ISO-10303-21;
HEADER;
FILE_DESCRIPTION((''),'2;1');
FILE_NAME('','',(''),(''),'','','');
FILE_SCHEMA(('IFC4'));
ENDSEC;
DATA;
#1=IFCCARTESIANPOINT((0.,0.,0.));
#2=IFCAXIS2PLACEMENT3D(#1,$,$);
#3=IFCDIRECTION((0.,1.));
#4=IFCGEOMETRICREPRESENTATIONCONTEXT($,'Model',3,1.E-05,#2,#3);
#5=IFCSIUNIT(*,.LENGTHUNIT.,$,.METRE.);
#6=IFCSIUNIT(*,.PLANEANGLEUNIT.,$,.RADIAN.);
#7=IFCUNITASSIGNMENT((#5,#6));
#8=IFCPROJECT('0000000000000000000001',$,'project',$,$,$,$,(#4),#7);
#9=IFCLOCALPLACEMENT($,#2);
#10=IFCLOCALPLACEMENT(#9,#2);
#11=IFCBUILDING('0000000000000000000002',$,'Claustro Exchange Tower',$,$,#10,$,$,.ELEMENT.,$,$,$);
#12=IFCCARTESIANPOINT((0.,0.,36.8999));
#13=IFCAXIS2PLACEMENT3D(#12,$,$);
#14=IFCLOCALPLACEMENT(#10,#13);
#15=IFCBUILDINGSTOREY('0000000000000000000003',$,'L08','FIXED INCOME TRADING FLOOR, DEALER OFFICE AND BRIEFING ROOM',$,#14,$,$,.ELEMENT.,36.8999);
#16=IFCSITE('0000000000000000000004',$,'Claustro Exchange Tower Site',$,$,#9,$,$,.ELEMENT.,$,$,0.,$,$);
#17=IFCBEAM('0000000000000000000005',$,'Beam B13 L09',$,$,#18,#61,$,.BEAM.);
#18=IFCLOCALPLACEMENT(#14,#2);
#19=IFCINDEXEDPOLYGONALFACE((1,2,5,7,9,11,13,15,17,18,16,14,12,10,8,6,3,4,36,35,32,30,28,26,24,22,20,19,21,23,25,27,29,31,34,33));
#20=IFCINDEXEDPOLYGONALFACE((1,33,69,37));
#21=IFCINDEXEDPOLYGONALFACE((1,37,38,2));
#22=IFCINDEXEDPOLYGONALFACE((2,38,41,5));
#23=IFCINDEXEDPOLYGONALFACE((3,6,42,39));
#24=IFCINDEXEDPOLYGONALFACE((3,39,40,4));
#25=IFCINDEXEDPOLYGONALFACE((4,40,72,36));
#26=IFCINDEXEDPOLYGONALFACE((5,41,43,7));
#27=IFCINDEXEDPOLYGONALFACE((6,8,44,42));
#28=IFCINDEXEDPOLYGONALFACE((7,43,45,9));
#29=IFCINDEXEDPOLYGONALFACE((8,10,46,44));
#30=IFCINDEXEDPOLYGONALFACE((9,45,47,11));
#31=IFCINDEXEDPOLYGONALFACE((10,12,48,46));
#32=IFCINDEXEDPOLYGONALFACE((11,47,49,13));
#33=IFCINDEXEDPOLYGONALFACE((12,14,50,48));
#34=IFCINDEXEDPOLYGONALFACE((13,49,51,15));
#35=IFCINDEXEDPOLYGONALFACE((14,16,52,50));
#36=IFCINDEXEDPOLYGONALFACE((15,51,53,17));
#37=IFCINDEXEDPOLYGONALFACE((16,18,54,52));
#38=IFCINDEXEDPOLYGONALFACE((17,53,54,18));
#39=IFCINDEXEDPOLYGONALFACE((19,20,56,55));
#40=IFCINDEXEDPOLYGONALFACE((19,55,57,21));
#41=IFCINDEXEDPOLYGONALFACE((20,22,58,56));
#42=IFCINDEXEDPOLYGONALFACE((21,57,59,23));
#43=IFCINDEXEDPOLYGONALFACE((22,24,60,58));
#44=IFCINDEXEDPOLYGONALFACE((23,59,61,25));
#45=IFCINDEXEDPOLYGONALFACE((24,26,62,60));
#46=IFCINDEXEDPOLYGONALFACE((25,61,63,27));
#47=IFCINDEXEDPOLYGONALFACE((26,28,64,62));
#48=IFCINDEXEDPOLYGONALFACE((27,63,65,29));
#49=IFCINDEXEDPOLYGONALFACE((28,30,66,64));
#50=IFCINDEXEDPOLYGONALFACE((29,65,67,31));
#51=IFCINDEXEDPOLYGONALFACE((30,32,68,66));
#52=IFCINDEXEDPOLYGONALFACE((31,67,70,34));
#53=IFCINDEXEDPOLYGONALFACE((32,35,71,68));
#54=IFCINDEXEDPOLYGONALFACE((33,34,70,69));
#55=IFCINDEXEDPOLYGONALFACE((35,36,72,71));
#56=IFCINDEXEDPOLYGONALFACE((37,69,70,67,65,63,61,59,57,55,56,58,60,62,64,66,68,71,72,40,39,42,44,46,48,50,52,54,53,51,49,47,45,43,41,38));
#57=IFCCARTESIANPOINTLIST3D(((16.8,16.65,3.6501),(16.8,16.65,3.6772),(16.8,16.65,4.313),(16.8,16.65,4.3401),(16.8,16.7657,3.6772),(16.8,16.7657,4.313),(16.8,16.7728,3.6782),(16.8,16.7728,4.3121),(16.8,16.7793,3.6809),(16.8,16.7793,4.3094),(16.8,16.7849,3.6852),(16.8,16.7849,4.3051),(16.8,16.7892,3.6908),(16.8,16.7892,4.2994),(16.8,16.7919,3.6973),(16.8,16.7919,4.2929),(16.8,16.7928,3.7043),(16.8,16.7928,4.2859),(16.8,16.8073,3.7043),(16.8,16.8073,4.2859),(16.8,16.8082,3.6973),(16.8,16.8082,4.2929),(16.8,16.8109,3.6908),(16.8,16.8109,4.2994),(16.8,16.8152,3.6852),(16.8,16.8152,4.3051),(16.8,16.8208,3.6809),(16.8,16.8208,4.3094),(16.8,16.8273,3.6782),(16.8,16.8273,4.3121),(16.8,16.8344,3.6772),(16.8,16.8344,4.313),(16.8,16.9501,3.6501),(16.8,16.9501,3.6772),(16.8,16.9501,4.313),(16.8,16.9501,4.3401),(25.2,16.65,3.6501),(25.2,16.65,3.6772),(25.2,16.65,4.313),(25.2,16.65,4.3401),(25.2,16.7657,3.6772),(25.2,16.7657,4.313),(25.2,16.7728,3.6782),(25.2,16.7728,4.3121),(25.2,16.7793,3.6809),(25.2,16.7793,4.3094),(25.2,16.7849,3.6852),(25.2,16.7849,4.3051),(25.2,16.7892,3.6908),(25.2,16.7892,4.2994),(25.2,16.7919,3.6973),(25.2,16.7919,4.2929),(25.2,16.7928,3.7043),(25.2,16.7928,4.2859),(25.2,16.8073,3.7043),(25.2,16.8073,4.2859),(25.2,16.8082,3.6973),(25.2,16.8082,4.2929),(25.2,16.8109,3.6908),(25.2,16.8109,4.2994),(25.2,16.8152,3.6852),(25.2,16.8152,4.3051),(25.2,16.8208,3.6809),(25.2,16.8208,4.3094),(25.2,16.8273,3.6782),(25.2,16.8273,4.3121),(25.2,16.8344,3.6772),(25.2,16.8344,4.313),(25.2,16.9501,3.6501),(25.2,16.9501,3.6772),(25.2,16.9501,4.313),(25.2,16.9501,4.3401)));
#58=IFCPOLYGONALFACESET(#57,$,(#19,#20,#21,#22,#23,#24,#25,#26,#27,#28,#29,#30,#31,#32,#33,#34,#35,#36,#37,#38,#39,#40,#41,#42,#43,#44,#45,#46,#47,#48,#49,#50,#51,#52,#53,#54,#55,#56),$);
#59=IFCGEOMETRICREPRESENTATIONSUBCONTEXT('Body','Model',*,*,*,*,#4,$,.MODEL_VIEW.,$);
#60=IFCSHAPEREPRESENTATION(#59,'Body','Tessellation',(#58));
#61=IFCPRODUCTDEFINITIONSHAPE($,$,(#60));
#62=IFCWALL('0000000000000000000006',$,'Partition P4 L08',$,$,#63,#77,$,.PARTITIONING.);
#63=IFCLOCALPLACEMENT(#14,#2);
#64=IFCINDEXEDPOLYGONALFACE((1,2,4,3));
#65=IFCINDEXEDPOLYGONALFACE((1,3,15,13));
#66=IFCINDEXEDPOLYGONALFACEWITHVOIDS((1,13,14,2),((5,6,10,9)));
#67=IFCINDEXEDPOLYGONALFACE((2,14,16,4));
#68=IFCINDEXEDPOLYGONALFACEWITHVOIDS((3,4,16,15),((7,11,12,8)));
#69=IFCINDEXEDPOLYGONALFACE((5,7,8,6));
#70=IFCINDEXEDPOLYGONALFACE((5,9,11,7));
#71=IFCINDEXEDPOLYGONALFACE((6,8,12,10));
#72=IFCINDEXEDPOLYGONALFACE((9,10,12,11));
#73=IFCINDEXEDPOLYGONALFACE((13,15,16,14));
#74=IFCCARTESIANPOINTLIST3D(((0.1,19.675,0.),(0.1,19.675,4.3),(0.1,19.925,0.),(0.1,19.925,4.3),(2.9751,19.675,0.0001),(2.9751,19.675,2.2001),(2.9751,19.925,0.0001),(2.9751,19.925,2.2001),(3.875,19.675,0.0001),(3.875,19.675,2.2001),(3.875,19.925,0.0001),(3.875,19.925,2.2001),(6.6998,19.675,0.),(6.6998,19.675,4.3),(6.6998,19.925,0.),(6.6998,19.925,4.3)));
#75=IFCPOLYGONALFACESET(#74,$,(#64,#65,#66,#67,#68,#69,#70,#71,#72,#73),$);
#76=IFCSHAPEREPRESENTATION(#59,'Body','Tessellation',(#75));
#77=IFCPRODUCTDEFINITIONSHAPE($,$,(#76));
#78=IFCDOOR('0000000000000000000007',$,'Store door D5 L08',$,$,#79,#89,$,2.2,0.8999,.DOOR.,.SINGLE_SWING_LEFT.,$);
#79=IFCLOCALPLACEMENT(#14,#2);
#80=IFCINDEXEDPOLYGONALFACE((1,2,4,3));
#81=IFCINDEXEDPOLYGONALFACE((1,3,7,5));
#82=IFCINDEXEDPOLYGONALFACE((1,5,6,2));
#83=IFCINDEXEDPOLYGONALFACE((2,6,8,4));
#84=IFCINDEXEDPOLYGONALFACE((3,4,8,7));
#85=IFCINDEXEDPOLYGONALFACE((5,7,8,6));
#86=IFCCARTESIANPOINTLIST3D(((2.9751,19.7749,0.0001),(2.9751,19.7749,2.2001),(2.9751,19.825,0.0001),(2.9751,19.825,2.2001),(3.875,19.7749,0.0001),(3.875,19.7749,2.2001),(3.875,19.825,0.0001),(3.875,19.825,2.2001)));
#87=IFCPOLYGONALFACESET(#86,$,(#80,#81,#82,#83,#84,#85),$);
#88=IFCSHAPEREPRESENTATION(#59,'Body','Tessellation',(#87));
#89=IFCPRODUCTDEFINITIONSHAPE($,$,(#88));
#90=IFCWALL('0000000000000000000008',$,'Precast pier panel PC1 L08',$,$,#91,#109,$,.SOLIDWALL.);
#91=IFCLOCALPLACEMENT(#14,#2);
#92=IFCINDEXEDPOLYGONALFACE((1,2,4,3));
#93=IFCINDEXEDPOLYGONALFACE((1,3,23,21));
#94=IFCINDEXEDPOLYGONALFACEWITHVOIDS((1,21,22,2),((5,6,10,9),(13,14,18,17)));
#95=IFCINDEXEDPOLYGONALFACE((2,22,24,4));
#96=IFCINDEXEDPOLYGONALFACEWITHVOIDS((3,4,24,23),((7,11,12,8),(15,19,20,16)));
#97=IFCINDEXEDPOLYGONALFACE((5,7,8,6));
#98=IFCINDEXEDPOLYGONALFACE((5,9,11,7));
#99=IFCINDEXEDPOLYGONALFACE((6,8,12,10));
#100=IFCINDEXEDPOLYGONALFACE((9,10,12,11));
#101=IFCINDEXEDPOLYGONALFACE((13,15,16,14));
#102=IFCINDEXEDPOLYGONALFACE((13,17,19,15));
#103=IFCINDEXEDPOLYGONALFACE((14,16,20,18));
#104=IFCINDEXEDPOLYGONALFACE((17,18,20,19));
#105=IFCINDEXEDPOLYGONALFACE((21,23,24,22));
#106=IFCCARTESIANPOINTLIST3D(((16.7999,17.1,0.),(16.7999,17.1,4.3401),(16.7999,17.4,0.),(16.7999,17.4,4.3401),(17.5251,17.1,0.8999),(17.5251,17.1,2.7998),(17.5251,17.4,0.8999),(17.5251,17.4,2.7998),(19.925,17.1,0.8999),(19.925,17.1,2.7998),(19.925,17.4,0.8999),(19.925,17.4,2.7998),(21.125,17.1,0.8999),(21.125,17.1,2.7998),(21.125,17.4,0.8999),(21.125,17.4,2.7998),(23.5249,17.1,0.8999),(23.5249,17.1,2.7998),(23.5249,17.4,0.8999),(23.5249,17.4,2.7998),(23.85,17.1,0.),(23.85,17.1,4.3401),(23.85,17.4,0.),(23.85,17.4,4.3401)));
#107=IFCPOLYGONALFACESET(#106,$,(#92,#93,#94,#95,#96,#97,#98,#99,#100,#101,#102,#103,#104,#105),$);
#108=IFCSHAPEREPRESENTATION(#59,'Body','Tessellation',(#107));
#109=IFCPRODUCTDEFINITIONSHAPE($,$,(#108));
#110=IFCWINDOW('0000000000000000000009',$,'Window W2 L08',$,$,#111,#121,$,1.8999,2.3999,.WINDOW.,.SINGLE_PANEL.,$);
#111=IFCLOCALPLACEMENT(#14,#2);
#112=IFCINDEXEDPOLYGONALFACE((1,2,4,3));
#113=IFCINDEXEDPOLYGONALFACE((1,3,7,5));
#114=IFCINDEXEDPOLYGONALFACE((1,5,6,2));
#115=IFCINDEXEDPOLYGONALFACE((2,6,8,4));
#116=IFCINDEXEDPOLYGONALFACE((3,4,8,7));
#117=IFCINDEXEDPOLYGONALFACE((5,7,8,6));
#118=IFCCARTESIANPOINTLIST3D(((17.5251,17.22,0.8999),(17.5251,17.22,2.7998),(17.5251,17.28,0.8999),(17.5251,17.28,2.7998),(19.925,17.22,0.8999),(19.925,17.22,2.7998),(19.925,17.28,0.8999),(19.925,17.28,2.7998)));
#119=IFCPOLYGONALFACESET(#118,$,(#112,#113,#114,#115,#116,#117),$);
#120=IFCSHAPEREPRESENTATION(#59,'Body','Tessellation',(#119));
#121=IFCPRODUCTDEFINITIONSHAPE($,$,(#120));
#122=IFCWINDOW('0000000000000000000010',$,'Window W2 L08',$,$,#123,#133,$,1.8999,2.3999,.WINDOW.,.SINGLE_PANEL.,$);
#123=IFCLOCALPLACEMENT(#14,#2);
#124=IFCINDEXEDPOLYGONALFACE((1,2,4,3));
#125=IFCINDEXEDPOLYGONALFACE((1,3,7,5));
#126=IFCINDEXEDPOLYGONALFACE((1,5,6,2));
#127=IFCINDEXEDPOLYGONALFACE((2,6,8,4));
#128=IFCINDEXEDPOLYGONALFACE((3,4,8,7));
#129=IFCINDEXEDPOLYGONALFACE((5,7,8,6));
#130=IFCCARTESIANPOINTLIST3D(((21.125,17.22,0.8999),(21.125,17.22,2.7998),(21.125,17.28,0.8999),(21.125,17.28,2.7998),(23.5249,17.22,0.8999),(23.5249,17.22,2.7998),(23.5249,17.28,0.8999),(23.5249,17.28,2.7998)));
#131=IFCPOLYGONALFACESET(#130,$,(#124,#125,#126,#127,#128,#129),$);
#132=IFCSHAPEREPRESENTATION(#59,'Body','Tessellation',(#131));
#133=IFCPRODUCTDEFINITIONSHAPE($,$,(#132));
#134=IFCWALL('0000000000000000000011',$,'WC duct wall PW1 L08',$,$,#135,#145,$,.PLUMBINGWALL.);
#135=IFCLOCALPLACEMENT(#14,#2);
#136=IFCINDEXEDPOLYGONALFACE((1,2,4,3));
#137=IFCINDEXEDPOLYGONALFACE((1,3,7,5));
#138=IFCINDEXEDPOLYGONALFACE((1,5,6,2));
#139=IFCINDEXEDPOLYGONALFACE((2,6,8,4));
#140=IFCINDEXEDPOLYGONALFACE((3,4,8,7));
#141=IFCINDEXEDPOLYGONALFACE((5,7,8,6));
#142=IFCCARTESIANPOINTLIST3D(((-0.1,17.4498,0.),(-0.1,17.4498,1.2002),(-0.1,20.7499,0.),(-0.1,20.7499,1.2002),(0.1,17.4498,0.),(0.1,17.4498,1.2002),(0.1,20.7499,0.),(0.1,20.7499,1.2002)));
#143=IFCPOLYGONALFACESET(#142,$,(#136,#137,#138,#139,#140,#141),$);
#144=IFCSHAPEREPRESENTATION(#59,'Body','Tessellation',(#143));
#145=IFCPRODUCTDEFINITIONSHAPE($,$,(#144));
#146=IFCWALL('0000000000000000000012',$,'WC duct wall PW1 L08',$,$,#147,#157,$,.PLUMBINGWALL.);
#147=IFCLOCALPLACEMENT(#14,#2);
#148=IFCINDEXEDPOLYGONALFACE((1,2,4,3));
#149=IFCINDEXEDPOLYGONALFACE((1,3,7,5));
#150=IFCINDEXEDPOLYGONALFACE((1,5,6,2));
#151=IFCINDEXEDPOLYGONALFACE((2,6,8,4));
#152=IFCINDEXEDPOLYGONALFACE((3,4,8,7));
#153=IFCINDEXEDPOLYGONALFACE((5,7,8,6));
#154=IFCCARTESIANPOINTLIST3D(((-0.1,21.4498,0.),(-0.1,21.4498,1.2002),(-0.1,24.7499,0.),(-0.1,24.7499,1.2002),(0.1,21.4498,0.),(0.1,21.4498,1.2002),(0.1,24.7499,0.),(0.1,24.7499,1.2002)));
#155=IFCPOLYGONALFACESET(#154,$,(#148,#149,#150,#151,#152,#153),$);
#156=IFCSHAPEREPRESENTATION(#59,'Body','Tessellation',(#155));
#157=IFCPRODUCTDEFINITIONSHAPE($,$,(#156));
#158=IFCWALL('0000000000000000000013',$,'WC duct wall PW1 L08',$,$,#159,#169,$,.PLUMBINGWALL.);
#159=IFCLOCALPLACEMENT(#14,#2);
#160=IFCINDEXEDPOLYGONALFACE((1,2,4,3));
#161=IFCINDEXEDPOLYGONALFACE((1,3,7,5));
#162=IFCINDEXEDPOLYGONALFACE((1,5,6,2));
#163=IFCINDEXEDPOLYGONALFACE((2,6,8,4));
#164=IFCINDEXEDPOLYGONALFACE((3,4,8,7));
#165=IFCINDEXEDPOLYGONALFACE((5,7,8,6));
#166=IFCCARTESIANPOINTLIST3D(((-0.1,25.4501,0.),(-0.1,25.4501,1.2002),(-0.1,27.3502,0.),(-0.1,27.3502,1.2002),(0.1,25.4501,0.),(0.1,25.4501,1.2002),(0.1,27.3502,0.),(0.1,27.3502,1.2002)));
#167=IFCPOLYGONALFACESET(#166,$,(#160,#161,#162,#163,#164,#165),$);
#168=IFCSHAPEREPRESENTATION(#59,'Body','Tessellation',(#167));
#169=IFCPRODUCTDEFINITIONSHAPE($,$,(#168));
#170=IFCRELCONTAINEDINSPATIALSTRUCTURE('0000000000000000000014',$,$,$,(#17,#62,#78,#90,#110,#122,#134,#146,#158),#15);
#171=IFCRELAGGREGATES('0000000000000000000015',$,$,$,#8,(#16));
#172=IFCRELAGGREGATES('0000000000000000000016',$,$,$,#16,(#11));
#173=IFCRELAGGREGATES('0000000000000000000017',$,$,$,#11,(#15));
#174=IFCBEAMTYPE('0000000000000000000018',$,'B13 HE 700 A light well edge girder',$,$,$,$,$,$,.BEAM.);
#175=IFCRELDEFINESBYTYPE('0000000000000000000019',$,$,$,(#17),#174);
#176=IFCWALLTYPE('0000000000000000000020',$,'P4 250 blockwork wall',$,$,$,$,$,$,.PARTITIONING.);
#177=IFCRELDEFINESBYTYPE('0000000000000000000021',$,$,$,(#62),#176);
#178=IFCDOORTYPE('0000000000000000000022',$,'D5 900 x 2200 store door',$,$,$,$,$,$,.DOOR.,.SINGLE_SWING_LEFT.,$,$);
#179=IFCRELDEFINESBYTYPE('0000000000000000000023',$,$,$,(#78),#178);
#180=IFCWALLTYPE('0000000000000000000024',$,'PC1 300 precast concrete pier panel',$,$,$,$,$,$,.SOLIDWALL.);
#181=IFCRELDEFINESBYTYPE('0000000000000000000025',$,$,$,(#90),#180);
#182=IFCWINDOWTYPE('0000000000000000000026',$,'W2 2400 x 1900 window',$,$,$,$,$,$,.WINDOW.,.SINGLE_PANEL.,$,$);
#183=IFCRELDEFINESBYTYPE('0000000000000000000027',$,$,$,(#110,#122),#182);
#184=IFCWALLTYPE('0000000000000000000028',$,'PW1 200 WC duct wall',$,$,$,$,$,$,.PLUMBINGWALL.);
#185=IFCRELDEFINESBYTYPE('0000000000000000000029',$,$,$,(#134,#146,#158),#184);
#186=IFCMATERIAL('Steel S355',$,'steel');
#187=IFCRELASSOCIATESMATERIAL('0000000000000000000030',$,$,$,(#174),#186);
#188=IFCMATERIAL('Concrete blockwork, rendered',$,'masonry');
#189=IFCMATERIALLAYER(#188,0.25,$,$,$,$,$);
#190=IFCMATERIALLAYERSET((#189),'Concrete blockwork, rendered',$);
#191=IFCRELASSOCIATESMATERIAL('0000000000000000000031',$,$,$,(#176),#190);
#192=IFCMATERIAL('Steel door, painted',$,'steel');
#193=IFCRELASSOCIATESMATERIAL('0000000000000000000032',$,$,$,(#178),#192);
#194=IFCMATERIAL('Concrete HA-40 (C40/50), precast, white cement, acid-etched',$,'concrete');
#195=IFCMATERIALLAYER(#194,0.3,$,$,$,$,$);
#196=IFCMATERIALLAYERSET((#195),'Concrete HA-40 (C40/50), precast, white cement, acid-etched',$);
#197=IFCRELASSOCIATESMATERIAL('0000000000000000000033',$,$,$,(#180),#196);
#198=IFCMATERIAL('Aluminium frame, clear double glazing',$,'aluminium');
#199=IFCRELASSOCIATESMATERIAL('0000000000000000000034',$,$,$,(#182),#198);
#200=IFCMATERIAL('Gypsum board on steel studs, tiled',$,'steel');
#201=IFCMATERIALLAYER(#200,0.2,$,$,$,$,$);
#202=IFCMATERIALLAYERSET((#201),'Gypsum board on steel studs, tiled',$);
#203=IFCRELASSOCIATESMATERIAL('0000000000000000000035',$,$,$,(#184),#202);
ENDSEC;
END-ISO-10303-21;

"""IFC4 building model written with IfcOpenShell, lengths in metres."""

from ifc_helpers import new_model, si_unit, direction, frame, frame_2d, origin, origin_2d, place, context, subcontext, project, spatial, rectangle, i_section, extrude, material, layer, layer_set, material_profile, profile_set, type_object, element, fill, save


model = new_model("IFC4")

# Units and contexts
model_context = context("Model", 3, precision=1e-05, world=origin(), true_north=direction((0.0, 1.0)))
body_context = subcontext(model_context, "Body", "Model", "MODEL_VIEW")
ifc_project = project(units=[si_unit("LENGTHUNIT", "METRE"), si_unit("PLANEANGLEUNIT", "RADIAN")], contexts=[model_context])

# Site, building, storey
site_placement = place(None, origin())
site = spatial("IfcSite", under=ifc_project, at=site_placement, Name="Claustro Exchange Tower Site", CompositionType="ELEMENT", RefElevation=0.0)
building_placement = place(site_placement, origin())
building = spatial("IfcBuilding", under=site, at=building_placement, Name="Claustro Exchange Tower", CompositionType="ELEMENT")
storey_placement = place(building_placement, frame((0.0, 0.0, 36.8999)))
storey = spatial("IfcBuildingStorey", under=building, at=storey_placement, Name="L08", Description="FIXED INCOME TRADING FLOOR, DEALER OFFICE AND BRIEFING ROOM", CompositionType="ELEMENT", Elevation=36.8999)

# Beam
ifc_material_1 = material(Name="Steel S355", Category="steel")
ifc_material_profile = material_profile(ifc_material_1, i_section(OverallWidth=0.3, OverallDepth=0.6899, WebThickness=0.0144, FlangeThickness=0.0271, FilletRadius=0.0271, at=origin_2d()), Name="HE 700 A")
ifc_profile_set = profile_set([ifc_material_profile], Name="Steel S355")
beam_type = type_object("IfcBeamType", Name="B13 HE 700 A light well edge girder", PredefinedType="BEAM", material=ifc_profile_set)
beam_placement = place(storey_placement, frame((16.8, 16.8, 3.9951), z_axis=(1.0, 0.0, 0.0), x_axis=(0.0, 1.0, 0.0)))
element("IfcBeam", 1, at=beam_placement, inside=storey, type_object=beam_type, Name="Beam B13 L09", PredefinedType="BEAM", context=body_context, shape_type="SweptSolid", body=[
    extrude(i_section(OverallWidth=0.3, OverallDepth=0.6899, WebThickness=0.0144, FlangeThickness=0.0271, FilletRadius=0.0271, at=origin_2d()), origin(), (0.0, 0.0, 1.0), 8.3999),
])

# Wall, opening, door
ifc_material_2 = material(Name="Concrete blockwork, rendered", Category="masonry")
ifc_layer_1 = layer(ifc_material_2, 0.25)
ifc_layer_set_1 = layer_set([ifc_layer_1], Name="Concrete blockwork, rendered")
wall_type_1 = type_object("IfcWallType", Name="P4 250 blockwork wall", PredefinedType="PARTITIONING", material=ifc_layer_set_1)
wall_1_placement = place(storey_placement, frame((0.1001, 19.8, 0.0), z_axis=(0.0, 0.0, 1.0), x_axis=(1.0, 0.0, 0.0)))
wall_1 = element("IfcWall", 2, at=wall_1_placement, inside=storey, type_object=wall_type_1, Name="Partition P4 L08", PredefinedType="PARTITIONING", context=body_context, shape_type="SweptSolid", body=[
    extrude(rectangle(XDim=6.5999, YDim=0.25, at=frame_2d((3.2998, 0.0))), origin(), (0.0, 0.0, 1.0), 4.3),
])
opening_1_placement = place(wall_1_placement, frame((2.875, 0.0, 0.0)))
opening_1 = element("IfcOpeningElement", 3, at=opening_1_placement, cuts=wall_1, PredefinedType="OPENING", context=body_context, shape_type="SweptSolid", body=[
    extrude(rectangle(XDim=0.8999, YDim=2.2, at=frame_2d((0.45, 1.1001))), frame((0.0, 0.135, 0.0), z_axis=(0.0, -1.0, 0.0), x_axis=(1.0, 0.0, 0.0)), (0.0, 0.0, 1.0), 0.27),
])
ifc_material_3 = material(Name="Steel door, painted", Category="steel")
door_type = type_object("IfcDoorType", Name="D5 900 x 2200 store door", OperationType="SINGLE_SWING_LEFT", PredefinedType="DOOR", material=ifc_material_3)
door_placement = place(opening_1_placement, origin())
door = element("IfcDoor", 4, at=door_placement, inside=storey, type_object=door_type, Name="Store door D5 L08", OperationType="SINGLE_SWING_LEFT", OverallHeight=2.2, OverallWidth=0.8999, PredefinedType="DOOR", context=body_context, shape_type="SweptSolid", body=[
    extrude(rectangle(XDim=0.8999, YDim=2.2, at=frame_2d((0.45, 1.1001))), frame((0.0, 0.0249, 0.0), z_axis=(0.0, -1.0, 0.0), x_axis=(1.0, 0.0, 0.0)), (0.0, 0.0, 1.0), 0.05),
])
fill(opening_1, door)

# Wall, openings, windows
ifc_material_4 = material(Name="Concrete HA-40 (C40/50), precast, white cement, acid-etched", Category="concrete")
ifc_layer_2 = layer(ifc_material_4, 0.3)
ifc_layer_set_2 = layer_set([ifc_layer_2], Name="Concrete HA-40 (C40/50), precast, white cement, acid-etched")
wall_type_2 = type_object("IfcWallType", Name="PC1 300 precast concrete pier panel", PredefinedType="SOLIDWALL", material=ifc_layer_set_2)
wall_2_placement = place(storey_placement, frame((16.8, 17.25, 0.0), z_axis=(0.0, 0.0, 1.0), x_axis=(1.0, 0.0, 0.0)))
wall_2 = element("IfcWall", 5, at=wall_2_placement, inside=storey, type_object=wall_type_2, Name="Precast pier panel PC1 L08", PredefinedType="SOLIDWALL", context=body_context, shape_type="SweptSolid", body=[
    extrude(rectangle(XDim=7.05, YDim=0.3, at=frame_2d((3.5249, 0.0))), origin(), (0.0, 0.0, 1.0), 4.3401),
])
opening_2_placement = place(wall_2_placement, frame((0.7251, 0.0, 0.8999)))
opening_2 = element("IfcOpeningElement", 6, at=opening_2_placement, cuts=wall_2, PredefinedType="OPENING", context=body_context, shape_type="SweptSolid", body=[
    extrude(rectangle(XDim=2.3999, YDim=1.8999, at=frame_2d((1.2, 0.95))), frame((0.0, 0.1599, 0.0), z_axis=(0.0, -1.0, 0.0), x_axis=(1.0, 0.0, 0.0)), (0.0, 0.0, 1.0), 0.3201),
])
opening_3_placement = place(wall_2_placement, frame((4.325, 0.0, 0.8999)))
opening_3 = element("IfcOpeningElement", 7, at=opening_3_placement, cuts=wall_2, PredefinedType="OPENING", context=body_context, shape_type="SweptSolid", body=[
    extrude(rectangle(XDim=2.3999, YDim=1.8999, at=frame_2d((1.2, 0.95))), frame((0.0, 0.1599, 0.0), z_axis=(0.0, -1.0, 0.0), x_axis=(1.0, 0.0, 0.0)), (0.0, 0.0, 1.0), 0.3201),
])
ifc_material_5 = material(Name="Aluminium frame, clear double glazing", Category="aluminium")
window_type = type_object("IfcWindowType", Name="W2 2400 x 1900 window", PartitioningType="SINGLE_PANEL", PredefinedType="WINDOW", material=ifc_material_5)
window_1_placement = place(opening_2_placement, origin())
window_1 = element("IfcWindow", 8, at=window_1_placement, inside=storey, type_object=window_type, Name="Window W2 L08", OverallHeight=1.8999, OverallWidth=2.3999, PartitioningType="SINGLE_PANEL", PredefinedType="WINDOW", context=body_context, shape_type="SweptSolid", body=[
    extrude(rectangle(XDim=2.3999, YDim=1.8999, at=frame_2d((1.2, 0.95))), frame((0.0, 0.03, 0.0), z_axis=(0.0, -1.0, 0.0), x_axis=(1.0, 0.0, 0.0)), (0.0, 0.0, 1.0), 0.0601),
])
fill(opening_2, window_1)
window_2_placement = place(opening_3_placement, origin())
window_2 = element("IfcWindow", 9, at=window_2_placement, inside=storey, type_object=window_type, Name="Window W2 L08", OverallHeight=1.8999, OverallWidth=2.3999, PartitioningType="SINGLE_PANEL", PredefinedType="WINDOW", context=body_context, shape_type="SweptSolid", body=[
    extrude(rectangle(XDim=2.3999, YDim=1.8999, at=frame_2d((1.2, 0.95))), frame((0.0, 0.03, 0.0), z_axis=(0.0, -1.0, 0.0), x_axis=(1.0, 0.0, 0.0)), (0.0, 0.0, 1.0), 0.0601),
])
fill(opening_3, window_2)

# Walls
ifc_material_6 = material(Name="Gypsum board on steel studs, tiled", Category="steel")
ifc_layer_3 = layer(ifc_material_6, 0.2)
ifc_layer_set_3 = layer_set([ifc_layer_3], Name="Gypsum board on steel studs, tiled")
wall_type_3 = type_object("IfcWallType", Name="PW1 200 WC duct wall", PredefinedType="PLUMBINGWALL", material=ifc_layer_set_3)
for number, where, z_axis, x_axis, name in (
    (10, (0.0, 17.45, 0.0), (0.0, 0.0, 1.0), (0.0, 1.0, 0.0), "WC duct wall PW1 L08"),
    (11, (0.0, 21.45, 0.0), (0.0, 0.0, 1.0), (0.0, 1.0, 0.0), "WC duct wall PW1 L08"),
):
    element("IfcWall", number, at=place(storey_placement, frame(where, z_axis=z_axis, x_axis=x_axis)), inside=storey, type_object=wall_type_3, Name=name, PredefinedType="PLUMBINGWALL", context=body_context, shape_type="SweptSolid", body=[
        extrude(rectangle(XDim=3.3, YDim=0.2, at=frame_2d((1.6499, 0.0))), origin(), (0.0, 0.0, 1.0), 1.2002),
    ])
wall_3_placement = place(storey_placement, frame((0.0, 25.45, 0.0), z_axis=(0.0, 0.0, 1.0), x_axis=(0.0, 1.0, 0.0)))
element("IfcWall", 12, at=wall_3_placement, inside=storey, type_object=wall_type_3, Name="WC duct wall PW1 L08", PredefinedType="PLUMBINGWALL", context=body_context, shape_type="SweptSolid", body=[
    extrude(rectangle(XDim=1.9001, YDim=0.2, at=frame_2d((0.9502, 0.0))), origin(), (0.0, 0.0, 1.0), 1.2002),
])

save(model, "model.ifc")
